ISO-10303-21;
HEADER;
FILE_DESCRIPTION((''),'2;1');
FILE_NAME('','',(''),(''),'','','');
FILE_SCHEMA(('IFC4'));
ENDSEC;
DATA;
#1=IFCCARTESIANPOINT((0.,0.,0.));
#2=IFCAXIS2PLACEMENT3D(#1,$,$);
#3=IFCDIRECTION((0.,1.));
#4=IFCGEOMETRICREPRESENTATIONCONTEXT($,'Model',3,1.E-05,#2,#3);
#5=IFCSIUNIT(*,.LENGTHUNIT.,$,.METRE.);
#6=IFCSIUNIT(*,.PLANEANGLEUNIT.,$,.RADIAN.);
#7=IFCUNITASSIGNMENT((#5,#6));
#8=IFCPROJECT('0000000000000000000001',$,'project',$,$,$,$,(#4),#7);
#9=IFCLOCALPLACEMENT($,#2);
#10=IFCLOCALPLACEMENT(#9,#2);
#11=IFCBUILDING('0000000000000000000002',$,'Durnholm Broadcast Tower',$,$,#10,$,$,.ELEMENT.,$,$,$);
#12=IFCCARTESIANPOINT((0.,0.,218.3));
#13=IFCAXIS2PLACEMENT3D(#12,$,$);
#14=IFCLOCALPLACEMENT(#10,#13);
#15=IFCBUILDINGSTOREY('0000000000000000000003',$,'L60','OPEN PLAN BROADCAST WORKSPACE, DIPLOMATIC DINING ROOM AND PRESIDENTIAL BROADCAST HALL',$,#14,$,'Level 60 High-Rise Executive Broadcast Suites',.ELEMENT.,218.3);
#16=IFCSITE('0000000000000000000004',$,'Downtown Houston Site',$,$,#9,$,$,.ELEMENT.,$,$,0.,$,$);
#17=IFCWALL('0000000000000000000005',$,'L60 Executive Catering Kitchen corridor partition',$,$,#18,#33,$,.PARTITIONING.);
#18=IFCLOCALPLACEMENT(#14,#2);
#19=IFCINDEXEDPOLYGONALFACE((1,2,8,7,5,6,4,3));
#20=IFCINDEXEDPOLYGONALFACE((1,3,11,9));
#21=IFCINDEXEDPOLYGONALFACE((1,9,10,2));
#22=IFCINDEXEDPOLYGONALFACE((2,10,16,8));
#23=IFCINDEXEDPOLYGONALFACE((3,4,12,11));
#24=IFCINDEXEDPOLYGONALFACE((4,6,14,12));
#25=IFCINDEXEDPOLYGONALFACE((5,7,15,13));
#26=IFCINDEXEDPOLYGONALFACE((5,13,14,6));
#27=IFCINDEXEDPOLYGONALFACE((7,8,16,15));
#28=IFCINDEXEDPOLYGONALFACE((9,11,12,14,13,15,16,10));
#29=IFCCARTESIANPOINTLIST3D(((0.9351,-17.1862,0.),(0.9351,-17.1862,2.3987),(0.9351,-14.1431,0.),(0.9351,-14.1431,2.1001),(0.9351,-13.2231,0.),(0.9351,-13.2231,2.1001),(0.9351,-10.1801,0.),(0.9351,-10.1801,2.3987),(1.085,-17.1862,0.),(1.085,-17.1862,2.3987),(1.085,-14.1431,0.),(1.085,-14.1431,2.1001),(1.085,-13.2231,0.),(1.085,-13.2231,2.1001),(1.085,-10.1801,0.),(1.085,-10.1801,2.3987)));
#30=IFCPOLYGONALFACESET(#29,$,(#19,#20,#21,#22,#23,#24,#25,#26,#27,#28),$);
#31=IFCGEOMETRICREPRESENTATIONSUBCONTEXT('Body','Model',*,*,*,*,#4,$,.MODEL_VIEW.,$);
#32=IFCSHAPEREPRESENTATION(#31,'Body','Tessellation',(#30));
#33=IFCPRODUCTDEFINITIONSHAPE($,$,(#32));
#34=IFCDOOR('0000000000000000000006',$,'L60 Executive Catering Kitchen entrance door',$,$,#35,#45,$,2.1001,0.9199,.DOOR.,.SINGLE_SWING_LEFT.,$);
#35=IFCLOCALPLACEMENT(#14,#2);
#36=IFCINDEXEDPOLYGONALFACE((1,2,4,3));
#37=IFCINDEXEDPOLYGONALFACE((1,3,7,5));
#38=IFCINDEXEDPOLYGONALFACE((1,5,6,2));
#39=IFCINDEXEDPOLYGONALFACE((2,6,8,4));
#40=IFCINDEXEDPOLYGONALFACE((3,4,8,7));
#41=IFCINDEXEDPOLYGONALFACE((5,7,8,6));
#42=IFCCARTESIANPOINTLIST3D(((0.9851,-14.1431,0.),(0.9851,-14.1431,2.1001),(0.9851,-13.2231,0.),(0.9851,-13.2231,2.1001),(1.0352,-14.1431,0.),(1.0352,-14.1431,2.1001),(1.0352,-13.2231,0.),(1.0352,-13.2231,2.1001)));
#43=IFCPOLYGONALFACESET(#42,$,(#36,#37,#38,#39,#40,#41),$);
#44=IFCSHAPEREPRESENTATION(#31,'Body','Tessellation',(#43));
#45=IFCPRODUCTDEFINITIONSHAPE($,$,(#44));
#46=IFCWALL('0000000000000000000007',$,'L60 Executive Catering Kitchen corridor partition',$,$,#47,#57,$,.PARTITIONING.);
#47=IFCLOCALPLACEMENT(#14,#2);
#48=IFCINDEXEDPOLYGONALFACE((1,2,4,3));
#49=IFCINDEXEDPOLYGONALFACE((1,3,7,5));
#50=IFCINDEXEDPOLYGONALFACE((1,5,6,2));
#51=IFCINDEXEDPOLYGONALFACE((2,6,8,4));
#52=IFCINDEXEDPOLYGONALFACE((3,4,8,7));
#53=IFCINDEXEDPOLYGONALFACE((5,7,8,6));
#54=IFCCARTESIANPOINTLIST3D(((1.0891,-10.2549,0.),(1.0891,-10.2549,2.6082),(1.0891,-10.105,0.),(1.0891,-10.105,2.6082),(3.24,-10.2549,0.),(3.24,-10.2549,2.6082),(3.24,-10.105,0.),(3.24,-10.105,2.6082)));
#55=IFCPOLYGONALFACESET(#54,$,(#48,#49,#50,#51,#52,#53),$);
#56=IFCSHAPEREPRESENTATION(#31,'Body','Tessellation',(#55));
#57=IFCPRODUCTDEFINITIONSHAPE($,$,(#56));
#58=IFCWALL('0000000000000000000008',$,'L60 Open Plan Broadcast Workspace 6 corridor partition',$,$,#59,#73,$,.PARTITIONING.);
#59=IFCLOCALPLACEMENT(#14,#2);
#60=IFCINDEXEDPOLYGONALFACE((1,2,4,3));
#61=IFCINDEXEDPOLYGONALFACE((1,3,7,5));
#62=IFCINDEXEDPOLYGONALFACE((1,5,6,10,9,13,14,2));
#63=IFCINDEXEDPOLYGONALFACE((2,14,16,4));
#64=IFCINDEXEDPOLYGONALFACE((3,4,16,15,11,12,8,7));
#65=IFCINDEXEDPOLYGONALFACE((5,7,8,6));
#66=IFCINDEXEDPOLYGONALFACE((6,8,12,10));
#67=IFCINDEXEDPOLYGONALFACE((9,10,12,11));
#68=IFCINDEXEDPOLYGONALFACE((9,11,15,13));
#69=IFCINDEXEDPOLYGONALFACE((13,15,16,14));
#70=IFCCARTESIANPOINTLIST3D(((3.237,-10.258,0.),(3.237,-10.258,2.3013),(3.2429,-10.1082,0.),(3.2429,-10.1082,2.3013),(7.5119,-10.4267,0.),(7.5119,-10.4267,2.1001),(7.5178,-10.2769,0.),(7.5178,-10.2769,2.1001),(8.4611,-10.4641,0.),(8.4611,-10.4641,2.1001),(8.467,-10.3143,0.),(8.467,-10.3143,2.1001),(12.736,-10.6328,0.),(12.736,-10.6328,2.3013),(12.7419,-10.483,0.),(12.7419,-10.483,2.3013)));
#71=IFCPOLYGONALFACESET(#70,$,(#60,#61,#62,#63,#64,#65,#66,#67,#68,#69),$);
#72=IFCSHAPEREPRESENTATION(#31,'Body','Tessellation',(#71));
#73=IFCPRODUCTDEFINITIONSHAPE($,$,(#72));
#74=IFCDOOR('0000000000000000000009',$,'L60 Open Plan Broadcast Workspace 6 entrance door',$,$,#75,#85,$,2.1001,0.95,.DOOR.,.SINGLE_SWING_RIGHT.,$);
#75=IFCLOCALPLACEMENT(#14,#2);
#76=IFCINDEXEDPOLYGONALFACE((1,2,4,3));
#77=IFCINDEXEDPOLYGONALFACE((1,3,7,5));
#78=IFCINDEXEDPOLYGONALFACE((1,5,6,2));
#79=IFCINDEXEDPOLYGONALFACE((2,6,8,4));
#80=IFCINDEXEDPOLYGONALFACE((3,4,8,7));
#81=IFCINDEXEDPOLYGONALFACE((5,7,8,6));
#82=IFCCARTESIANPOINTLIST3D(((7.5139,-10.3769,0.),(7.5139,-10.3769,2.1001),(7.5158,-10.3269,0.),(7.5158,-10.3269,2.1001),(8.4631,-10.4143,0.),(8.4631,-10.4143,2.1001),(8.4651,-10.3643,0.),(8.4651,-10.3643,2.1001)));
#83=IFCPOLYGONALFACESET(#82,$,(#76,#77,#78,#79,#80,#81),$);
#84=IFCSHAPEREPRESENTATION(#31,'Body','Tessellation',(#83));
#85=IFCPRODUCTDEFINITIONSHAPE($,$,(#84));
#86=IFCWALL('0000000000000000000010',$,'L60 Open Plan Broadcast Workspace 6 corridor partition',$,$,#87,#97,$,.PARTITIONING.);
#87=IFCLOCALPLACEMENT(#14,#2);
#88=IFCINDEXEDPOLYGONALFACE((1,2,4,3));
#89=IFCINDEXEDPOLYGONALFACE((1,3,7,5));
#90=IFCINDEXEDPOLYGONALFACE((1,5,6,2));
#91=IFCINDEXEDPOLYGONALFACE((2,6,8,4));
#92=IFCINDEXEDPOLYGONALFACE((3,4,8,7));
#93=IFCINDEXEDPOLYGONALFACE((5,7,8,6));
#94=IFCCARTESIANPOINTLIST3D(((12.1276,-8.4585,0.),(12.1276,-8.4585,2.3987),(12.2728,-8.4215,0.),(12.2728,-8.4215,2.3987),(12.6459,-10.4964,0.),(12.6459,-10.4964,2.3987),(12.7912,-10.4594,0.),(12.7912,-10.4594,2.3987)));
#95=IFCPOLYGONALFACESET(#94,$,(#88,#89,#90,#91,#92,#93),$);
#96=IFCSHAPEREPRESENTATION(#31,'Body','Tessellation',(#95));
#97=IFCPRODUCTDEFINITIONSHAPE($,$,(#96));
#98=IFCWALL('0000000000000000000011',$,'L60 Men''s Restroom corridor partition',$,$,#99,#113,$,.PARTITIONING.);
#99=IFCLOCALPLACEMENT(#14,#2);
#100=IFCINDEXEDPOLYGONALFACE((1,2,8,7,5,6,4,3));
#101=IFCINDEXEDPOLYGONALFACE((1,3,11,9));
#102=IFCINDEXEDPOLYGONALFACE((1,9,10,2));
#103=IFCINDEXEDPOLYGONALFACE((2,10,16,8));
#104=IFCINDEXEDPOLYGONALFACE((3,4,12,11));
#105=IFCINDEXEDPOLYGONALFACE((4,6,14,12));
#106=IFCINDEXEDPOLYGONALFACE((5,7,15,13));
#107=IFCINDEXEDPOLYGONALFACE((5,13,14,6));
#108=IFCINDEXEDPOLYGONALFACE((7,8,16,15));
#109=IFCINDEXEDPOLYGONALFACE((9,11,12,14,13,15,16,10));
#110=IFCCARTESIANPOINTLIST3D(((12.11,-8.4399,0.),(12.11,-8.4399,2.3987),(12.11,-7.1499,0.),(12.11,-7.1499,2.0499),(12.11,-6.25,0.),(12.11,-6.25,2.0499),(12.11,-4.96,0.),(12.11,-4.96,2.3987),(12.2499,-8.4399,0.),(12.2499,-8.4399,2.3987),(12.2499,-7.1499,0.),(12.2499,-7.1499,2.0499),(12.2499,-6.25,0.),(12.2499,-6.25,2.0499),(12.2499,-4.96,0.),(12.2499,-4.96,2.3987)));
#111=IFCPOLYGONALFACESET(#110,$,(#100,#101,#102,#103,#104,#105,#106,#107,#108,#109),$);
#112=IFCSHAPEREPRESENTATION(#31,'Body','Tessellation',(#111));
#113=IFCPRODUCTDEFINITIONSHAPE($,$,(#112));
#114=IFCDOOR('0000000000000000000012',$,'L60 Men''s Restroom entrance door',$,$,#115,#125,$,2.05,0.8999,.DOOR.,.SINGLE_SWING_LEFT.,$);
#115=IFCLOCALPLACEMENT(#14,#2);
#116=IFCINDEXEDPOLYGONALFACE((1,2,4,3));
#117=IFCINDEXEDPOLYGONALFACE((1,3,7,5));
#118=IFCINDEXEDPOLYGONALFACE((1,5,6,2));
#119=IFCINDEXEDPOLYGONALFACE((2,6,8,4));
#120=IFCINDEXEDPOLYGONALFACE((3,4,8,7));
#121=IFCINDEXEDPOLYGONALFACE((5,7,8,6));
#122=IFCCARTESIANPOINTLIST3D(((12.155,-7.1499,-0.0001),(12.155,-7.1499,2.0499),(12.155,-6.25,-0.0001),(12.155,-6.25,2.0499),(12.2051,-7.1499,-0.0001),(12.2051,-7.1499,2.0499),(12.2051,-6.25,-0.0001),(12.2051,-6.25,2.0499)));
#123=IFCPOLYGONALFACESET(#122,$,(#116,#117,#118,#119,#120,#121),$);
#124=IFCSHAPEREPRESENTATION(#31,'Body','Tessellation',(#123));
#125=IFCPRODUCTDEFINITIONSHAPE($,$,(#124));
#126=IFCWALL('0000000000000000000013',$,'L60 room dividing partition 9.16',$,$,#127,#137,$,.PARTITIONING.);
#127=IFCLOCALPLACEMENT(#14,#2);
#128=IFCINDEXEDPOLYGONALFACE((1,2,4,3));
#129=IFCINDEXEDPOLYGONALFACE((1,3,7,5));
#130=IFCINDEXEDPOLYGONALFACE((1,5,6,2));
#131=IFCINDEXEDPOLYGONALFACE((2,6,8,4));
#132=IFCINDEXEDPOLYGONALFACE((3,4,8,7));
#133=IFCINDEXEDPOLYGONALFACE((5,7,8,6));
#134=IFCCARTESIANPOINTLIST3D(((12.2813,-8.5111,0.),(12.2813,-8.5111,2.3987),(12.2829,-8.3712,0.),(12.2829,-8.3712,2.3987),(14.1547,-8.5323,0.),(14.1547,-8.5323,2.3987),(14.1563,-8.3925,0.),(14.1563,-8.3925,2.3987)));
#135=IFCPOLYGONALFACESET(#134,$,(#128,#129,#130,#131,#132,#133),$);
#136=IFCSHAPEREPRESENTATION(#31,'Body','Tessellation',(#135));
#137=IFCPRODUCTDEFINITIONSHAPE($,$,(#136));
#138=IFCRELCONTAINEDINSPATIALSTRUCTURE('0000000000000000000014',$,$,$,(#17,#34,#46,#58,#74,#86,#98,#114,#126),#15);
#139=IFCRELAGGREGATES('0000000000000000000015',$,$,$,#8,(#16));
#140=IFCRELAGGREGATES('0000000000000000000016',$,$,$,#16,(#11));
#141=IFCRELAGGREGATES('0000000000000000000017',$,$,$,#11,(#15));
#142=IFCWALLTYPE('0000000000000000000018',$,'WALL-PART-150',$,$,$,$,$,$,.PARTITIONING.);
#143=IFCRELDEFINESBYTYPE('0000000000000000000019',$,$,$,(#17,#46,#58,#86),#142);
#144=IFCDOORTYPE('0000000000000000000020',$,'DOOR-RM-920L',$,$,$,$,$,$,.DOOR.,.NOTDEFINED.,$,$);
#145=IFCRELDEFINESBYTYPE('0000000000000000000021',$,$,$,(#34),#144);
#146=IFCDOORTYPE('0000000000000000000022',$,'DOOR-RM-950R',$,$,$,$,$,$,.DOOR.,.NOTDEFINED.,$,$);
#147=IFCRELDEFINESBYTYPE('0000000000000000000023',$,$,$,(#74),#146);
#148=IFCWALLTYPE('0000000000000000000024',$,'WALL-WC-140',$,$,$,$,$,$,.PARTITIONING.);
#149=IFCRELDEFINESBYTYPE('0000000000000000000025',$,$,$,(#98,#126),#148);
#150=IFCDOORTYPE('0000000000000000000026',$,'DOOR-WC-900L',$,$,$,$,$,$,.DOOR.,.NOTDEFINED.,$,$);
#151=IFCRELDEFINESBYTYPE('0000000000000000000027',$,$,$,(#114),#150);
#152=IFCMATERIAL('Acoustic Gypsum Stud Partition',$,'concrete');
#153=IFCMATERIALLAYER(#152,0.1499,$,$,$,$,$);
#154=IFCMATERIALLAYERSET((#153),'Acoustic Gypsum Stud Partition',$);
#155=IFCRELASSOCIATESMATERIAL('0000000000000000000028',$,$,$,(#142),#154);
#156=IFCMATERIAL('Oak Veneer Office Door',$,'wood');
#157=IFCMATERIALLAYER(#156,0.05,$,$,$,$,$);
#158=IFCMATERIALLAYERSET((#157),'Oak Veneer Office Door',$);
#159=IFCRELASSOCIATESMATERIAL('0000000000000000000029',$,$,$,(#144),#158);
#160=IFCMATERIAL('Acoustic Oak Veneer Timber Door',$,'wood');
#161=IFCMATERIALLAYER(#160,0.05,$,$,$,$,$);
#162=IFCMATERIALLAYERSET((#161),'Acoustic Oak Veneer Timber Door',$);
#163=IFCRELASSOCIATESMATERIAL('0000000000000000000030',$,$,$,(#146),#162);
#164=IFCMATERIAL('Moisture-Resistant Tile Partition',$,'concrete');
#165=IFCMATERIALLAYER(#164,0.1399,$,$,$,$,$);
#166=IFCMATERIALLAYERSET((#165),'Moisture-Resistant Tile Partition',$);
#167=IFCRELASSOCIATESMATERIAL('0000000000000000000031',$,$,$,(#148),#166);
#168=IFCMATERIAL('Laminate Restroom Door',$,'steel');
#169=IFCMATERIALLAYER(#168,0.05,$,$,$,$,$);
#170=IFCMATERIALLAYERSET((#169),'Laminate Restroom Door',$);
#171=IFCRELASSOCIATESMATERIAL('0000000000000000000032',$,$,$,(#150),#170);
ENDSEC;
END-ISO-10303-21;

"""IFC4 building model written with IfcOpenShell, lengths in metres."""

from ifc_helpers import new_model, si_unit, direction, frame, frame_2d, origin, place, context, subcontext, project, spatial, rectangle, extrude, source, transform, mapped, material, layer, layer_set, type_object, type_shapes, element, fill, save


model = new_model("IFC4")

# Units and contexts
model_context = context("Model", 3, precision=1e-05, world=origin(), true_north=direction((0.0, 1.0)))
body_context = subcontext(model_context, "Body", "Model", "MODEL_VIEW")
ifc_project = project(units=[si_unit("LENGTHUNIT", "METRE"), si_unit("PLANEANGLEUNIT", "RADIAN")], contexts=[model_context])

# Site, building, storey
site_placement = place(None, origin())
site = spatial("IfcSite", under=ifc_project, at=site_placement, Name="Downtown Houston Site", CompositionType="ELEMENT", RefElevation=0.0)
building_placement = place(site_placement, origin())
building = spatial("IfcBuilding", under=site, at=building_placement, Name="Durnholm Broadcast Tower", CompositionType="ELEMENT")
storey_placement = place(building_placement, frame((0.0, 0.0, 218.3)))
storey = spatial("IfcBuildingStorey", under=building, at=storey_placement, Name="L60", Description="OPEN PLAN BROADCAST WORKSPACE, DIPLOMATIC DINING ROOM AND PRESIDENTIAL BROADCAST HALL", LongName="Level 60 High-Rise Executive Broadcast Suites", CompositionType="ELEMENT", Elevation=218.3)

# Wall, opening, door
ifc_material_1 = material(Name="Acoustic Gypsum Stud Partition", Category="concrete")
ifc_layer_1 = layer(ifc_material_1, 0.1499)
ifc_layer_set_1 = layer_set([ifc_layer_1], Name="Acoustic Gypsum Stud Partition")
wall_type_1 = type_object("IfcWallType", Name="WALL-PART-150", PredefinedType="PARTITIONING", material=ifc_layer_set_1)
wall_1_placement = place(storey_placement, frame((1.01, -17.186, 0.0), z_axis=(0.0, 0.0, 1.0), x_axis=(0.0, 1.0, 0.0)))
wall_1 = element("IfcWall", 1, at=wall_1_placement, inside=storey, type_object=wall_type_1, Name="L60 Executive Catering Kitchen corridor partition", PredefinedType="PARTITIONING", context=body_context, shape_type="SweptSolid", body=[
    extrude(rectangle(XDim=7.0061, YDim=0.1499, at=frame_2d((3.5029, 0.0))), origin(), (0.0, 0.0, 1.0), 2.3987),
])
opening_1_placement = place(wall_1_placement, frame((3.043, 0.0, 0.0)))
opening_1 = element("IfcOpeningElement", 2, at=opening_1_placement, cuts=wall_1, PredefinedType="OPENING", context=body_context, shape_type="SweptSolid", body=[
    extrude(rectangle(XDim=0.9199, YDim=2.1001, at=frame_2d((0.46, 1.05))), frame((0.0, 0.085, 0.0), z_axis=(0.0, -1.0, 0.0), x_axis=(1.0, 0.0, 0.0)), (0.0, 0.0, 1.0), 0.1699),
])
ifc_material_2 = material(Name="Oak Veneer Office Door", Category="wood")
ifc_layer_2 = layer(ifc_material_2, 0.05)
ifc_layer_set_2 = layer_set([ifc_layer_2], Name="Oak Veneer Office Door")
door_type_1 = type_object("IfcDoorType", Name="DOOR-RM-920L", OperationType="NOTDEFINED", PredefinedType="DOOR", material=ifc_layer_set_2)
shared_shape_1 = source(origin(), body_context, "Body", "SweptSolid", [
    extrude(rectangle(XDim=0.9199, YDim=2.1001, at=frame_2d((0.46, 1.05))), frame((0.0, 0.0249, 0.0), z_axis=(0.0, -1.0, 0.0), x_axis=(1.0, 0.0, 0.0)), (0.0, 0.0, 1.0), 0.05),
])
type_shapes(door_type_1, [shared_shape_1])
door_1_placement = place(opening_1_placement, origin())
door_1 = element("IfcDoor", 3, at=door_1_placement, inside=storey, type_object=door_type_1, Name="L60 Executive Catering Kitchen entrance door", OperationType="SINGLE_SWING_LEFT", OverallHeight=2.1001, OverallWidth=0.9199, PredefinedType="DOOR", context=body_context, shape_type="MappedRepresentation", body=[
    mapped(shared_shape_1, transform((0.0, 0.0, 0.0), x_axis=(1.0, 0.0, 0.0), y_axis=(0.0, 1.0, 0.0), z_axis=(0.0, 0.0, 1.0), scale=1.0)),
])
fill(opening_1, door_1)

# Wall
wall_2_placement = place(storey_placement, frame((1.0891, -10.1799, 0.0), z_axis=(0.0, 0.0, 1.0), x_axis=(1.0, 0.0, 0.0)))
element("IfcWall", 4, at=wall_2_placement, inside=storey, type_object=wall_type_1, Name="L60 Executive Catering Kitchen corridor partition", PredefinedType="PARTITIONING", context=body_context, shape_type="SweptSolid", body=[
    extrude(rectangle(XDim=2.1509, YDim=0.1499, at=frame_2d((1.0754, 0.0))), origin(), (0.0, 0.0, 1.0), 2.6082),
])

# Wall, opening, door
wall_3_placement = place(storey_placement, frame((3.24, -10.1831, 0.0), z_axis=(0.0, 0.0, 1.0), x_axis=(0.999223, -0.039421, 0.0)))
wall_3 = element("IfcWall", 5, at=wall_3_placement, inside=storey, type_object=wall_type_1, Name="L60 Open Plan Broadcast Workspace 6 corridor partition", PredefinedType="PARTITIONING", context=body_context, shape_type="SweptSolid", body=[
    extrude(rectangle(XDim=9.5063, YDim=0.1499, at=frame_2d((4.7532, 0.0))), origin(), (0.0, 0.0, 1.0), 2.3013),
])
opening_2_placement = place(wall_3_placement, frame((4.2781, 0.0, 0.0)))
opening_2 = element("IfcOpeningElement", 6, at=opening_2_placement, cuts=wall_3, PredefinedType="OPENING", context=body_context, shape_type="SweptSolid", body=[
    extrude(rectangle(XDim=0.95, YDim=2.1001, at=frame_2d((0.4751, 1.05))), frame((0.0, 0.085, 0.0), z_axis=(0.0, -1.0, 0.0), x_axis=(1.0, 0.0, 0.0)), (0.0, 0.0, 1.0), 0.1699),
])
ifc_material_3 = material(Name="Acoustic Oak Veneer Timber Door", Category="wood")
ifc_layer_3 = layer(ifc_material_3, 0.05)
ifc_layer_set_3 = layer_set([ifc_layer_3], Name="Acoustic Oak Veneer Timber Door")
door_type_2 = type_object("IfcDoorType", Name="DOOR-RM-950R", OperationType="NOTDEFINED", PredefinedType="DOOR", material=ifc_layer_set_3)
shared_shape_2 = source(origin(), body_context, "Body", "SweptSolid", [
    extrude(rectangle(XDim=0.95, YDim=2.1001, at=frame_2d((0.4751, 1.05))), frame((0.0, 0.0249, 0.0), z_axis=(0.0, -1.0, 0.0), x_axis=(1.0, 0.0, 0.0)), (0.0, 0.0, 1.0), 0.05),
])
type_shapes(door_type_2, [shared_shape_2])
door_2_placement = place(opening_2_placement, origin())
door_2 = element("IfcDoor", 7, at=door_2_placement, inside=storey, type_object=door_type_2, Name="L60 Open Plan Broadcast Workspace 6 entrance door", OperationType="SINGLE_SWING_RIGHT", OverallHeight=2.1001, OverallWidth=0.95, PredefinedType="DOOR", context=body_context, shape_type="MappedRepresentation", body=[
    mapped(shared_shape_2, transform((0.0, 0.0, 0.0), x_axis=(1.0, 0.0, 0.0), y_axis=(0.0, 1.0, 0.0), z_axis=(0.0, 0.0, 1.0), scale=1.0)),
])
fill(opening_2, door_2)

# Wall
wall_4_placement = place(storey_placement, frame((12.7185, -10.4778, 0.0), z_axis=(0.0, 0.0, 1.0), x_axis=(-0.246495, 0.969144, 0.0)))
element("IfcWall", 8, at=wall_4_placement, inside=storey, type_object=wall_type_1, Name="L60 Open Plan Broadcast Workspace 6 corridor partition", PredefinedType="PARTITIONING", context=body_context, shape_type="SweptSolid", body=[
    extrude(rectangle(XDim=2.1028, YDim=0.1499, at=frame_2d((1.0513, 0.0))), origin(), (0.0, 0.0, 1.0), 2.3987),
])

# Wall, opening, door
ifc_material_4 = material(Name="Moisture-Resistant Tile Partition", Category="concrete")
ifc_layer_4 = layer(ifc_material_4, 0.1399)
ifc_layer_set_4 = layer_set([ifc_layer_4], Name="Moisture-Resistant Tile Partition")
wall_type_2 = type_object("IfcWallType", Name="WALL-WC-140", PredefinedType="PARTITIONING", material=ifc_layer_set_4)
wall_5_placement = place(storey_placement, frame((12.1799, -8.4399, 0.0), z_axis=(0.0, 0.0, 1.0), x_axis=(0.0, 1.0, 0.0)))
wall_5 = element("IfcWall", 9, at=wall_5_placement, inside=storey, type_object=wall_type_2, Name="L60 Men's Restroom corridor partition", PredefinedType="PARTITIONING", context=body_context, shape_type="SweptSolid", body=[
    extrude(rectangle(XDim=3.48, YDim=0.1399, at=frame_2d((1.74, 0.0))), origin(), (0.0, 0.0, 1.0), 2.3987),
])
opening_3_placement = place(wall_5_placement, frame((1.29, 0.0, 0.0)))
opening_3 = element("IfcOpeningElement", 10, at=opening_3_placement, cuts=wall_5, PredefinedType="OPENING", context=body_context, shape_type="SweptSolid", body=[
    extrude(rectangle(XDim=0.8999, YDim=2.05, at=frame_2d((0.45, 1.0249))), frame((0.0, 0.0801, 0.0), z_axis=(0.0, -1.0, 0.0), x_axis=(1.0, 0.0, 0.0)), (0.0, 0.0, 1.0), 0.1599),
])
ifc_material_5 = material(Name="Laminate Restroom Door", Category="steel")
ifc_layer_5 = layer(ifc_material_5, 0.05)
ifc_layer_set_5 = layer_set([ifc_layer_5], Name="Laminate Restroom Door")
door_type_3 = type_object("IfcDoorType", Name="DOOR-WC-900L", OperationType="NOTDEFINED", PredefinedType="DOOR", material=ifc_layer_set_5)
shared_shape_3 = source(origin(), body_context, "Body", "SweptSolid", [
    extrude(rectangle(XDim=0.8999, YDim=2.05, at=frame_2d((0.45, 1.0249))), frame((0.0, 0.0249, 0.0), z_axis=(0.0, -1.0, 0.0), x_axis=(1.0, 0.0, 0.0)), (0.0, 0.0, 1.0), 0.05),
])
type_shapes(door_type_3, [shared_shape_3])
door_3_placement = place(opening_3_placement, origin())
door_3 = element("IfcDoor", 11, at=door_3_placement, inside=storey, type_object=door_type_3, Name="L60 Men's Restroom entrance door", OperationType="SINGLE_SWING_LEFT", OverallHeight=2.05, OverallWidth=0.8999, PredefinedType="DOOR", context=body_context, shape_type="MappedRepresentation", body=[
    mapped(shared_shape_3, transform((0.0, 0.0, 0.0), x_axis=(1.0, 0.0, 0.0), y_axis=(0.0, 1.0, 0.0), z_axis=(0.0, 0.0, 1.0), scale=1.0)),
])
fill(opening_3, door_3)

# Wall
wall_6_placement = place(storey_placement, frame((14.1555, -8.4624, 0.0), z_axis=(0.0, 0.0, 1.0), x_axis=(-0.999936, 0.011336, 0.0)))
element("IfcWall", 12, at=wall_6_placement, inside=storey, type_object=wall_type_2, Name="L60 room dividing partition 9.16", PredefinedType="PARTITIONING", context=body_context, shape_type="SweptSolid", body=[
    extrude(rectangle(XDim=1.8735, YDim=0.1399, at=frame_2d((0.9368, 0.0))), origin(), (0.0, 0.0, 1.0), 2.3987),
])

save(model, "model.ifc")
